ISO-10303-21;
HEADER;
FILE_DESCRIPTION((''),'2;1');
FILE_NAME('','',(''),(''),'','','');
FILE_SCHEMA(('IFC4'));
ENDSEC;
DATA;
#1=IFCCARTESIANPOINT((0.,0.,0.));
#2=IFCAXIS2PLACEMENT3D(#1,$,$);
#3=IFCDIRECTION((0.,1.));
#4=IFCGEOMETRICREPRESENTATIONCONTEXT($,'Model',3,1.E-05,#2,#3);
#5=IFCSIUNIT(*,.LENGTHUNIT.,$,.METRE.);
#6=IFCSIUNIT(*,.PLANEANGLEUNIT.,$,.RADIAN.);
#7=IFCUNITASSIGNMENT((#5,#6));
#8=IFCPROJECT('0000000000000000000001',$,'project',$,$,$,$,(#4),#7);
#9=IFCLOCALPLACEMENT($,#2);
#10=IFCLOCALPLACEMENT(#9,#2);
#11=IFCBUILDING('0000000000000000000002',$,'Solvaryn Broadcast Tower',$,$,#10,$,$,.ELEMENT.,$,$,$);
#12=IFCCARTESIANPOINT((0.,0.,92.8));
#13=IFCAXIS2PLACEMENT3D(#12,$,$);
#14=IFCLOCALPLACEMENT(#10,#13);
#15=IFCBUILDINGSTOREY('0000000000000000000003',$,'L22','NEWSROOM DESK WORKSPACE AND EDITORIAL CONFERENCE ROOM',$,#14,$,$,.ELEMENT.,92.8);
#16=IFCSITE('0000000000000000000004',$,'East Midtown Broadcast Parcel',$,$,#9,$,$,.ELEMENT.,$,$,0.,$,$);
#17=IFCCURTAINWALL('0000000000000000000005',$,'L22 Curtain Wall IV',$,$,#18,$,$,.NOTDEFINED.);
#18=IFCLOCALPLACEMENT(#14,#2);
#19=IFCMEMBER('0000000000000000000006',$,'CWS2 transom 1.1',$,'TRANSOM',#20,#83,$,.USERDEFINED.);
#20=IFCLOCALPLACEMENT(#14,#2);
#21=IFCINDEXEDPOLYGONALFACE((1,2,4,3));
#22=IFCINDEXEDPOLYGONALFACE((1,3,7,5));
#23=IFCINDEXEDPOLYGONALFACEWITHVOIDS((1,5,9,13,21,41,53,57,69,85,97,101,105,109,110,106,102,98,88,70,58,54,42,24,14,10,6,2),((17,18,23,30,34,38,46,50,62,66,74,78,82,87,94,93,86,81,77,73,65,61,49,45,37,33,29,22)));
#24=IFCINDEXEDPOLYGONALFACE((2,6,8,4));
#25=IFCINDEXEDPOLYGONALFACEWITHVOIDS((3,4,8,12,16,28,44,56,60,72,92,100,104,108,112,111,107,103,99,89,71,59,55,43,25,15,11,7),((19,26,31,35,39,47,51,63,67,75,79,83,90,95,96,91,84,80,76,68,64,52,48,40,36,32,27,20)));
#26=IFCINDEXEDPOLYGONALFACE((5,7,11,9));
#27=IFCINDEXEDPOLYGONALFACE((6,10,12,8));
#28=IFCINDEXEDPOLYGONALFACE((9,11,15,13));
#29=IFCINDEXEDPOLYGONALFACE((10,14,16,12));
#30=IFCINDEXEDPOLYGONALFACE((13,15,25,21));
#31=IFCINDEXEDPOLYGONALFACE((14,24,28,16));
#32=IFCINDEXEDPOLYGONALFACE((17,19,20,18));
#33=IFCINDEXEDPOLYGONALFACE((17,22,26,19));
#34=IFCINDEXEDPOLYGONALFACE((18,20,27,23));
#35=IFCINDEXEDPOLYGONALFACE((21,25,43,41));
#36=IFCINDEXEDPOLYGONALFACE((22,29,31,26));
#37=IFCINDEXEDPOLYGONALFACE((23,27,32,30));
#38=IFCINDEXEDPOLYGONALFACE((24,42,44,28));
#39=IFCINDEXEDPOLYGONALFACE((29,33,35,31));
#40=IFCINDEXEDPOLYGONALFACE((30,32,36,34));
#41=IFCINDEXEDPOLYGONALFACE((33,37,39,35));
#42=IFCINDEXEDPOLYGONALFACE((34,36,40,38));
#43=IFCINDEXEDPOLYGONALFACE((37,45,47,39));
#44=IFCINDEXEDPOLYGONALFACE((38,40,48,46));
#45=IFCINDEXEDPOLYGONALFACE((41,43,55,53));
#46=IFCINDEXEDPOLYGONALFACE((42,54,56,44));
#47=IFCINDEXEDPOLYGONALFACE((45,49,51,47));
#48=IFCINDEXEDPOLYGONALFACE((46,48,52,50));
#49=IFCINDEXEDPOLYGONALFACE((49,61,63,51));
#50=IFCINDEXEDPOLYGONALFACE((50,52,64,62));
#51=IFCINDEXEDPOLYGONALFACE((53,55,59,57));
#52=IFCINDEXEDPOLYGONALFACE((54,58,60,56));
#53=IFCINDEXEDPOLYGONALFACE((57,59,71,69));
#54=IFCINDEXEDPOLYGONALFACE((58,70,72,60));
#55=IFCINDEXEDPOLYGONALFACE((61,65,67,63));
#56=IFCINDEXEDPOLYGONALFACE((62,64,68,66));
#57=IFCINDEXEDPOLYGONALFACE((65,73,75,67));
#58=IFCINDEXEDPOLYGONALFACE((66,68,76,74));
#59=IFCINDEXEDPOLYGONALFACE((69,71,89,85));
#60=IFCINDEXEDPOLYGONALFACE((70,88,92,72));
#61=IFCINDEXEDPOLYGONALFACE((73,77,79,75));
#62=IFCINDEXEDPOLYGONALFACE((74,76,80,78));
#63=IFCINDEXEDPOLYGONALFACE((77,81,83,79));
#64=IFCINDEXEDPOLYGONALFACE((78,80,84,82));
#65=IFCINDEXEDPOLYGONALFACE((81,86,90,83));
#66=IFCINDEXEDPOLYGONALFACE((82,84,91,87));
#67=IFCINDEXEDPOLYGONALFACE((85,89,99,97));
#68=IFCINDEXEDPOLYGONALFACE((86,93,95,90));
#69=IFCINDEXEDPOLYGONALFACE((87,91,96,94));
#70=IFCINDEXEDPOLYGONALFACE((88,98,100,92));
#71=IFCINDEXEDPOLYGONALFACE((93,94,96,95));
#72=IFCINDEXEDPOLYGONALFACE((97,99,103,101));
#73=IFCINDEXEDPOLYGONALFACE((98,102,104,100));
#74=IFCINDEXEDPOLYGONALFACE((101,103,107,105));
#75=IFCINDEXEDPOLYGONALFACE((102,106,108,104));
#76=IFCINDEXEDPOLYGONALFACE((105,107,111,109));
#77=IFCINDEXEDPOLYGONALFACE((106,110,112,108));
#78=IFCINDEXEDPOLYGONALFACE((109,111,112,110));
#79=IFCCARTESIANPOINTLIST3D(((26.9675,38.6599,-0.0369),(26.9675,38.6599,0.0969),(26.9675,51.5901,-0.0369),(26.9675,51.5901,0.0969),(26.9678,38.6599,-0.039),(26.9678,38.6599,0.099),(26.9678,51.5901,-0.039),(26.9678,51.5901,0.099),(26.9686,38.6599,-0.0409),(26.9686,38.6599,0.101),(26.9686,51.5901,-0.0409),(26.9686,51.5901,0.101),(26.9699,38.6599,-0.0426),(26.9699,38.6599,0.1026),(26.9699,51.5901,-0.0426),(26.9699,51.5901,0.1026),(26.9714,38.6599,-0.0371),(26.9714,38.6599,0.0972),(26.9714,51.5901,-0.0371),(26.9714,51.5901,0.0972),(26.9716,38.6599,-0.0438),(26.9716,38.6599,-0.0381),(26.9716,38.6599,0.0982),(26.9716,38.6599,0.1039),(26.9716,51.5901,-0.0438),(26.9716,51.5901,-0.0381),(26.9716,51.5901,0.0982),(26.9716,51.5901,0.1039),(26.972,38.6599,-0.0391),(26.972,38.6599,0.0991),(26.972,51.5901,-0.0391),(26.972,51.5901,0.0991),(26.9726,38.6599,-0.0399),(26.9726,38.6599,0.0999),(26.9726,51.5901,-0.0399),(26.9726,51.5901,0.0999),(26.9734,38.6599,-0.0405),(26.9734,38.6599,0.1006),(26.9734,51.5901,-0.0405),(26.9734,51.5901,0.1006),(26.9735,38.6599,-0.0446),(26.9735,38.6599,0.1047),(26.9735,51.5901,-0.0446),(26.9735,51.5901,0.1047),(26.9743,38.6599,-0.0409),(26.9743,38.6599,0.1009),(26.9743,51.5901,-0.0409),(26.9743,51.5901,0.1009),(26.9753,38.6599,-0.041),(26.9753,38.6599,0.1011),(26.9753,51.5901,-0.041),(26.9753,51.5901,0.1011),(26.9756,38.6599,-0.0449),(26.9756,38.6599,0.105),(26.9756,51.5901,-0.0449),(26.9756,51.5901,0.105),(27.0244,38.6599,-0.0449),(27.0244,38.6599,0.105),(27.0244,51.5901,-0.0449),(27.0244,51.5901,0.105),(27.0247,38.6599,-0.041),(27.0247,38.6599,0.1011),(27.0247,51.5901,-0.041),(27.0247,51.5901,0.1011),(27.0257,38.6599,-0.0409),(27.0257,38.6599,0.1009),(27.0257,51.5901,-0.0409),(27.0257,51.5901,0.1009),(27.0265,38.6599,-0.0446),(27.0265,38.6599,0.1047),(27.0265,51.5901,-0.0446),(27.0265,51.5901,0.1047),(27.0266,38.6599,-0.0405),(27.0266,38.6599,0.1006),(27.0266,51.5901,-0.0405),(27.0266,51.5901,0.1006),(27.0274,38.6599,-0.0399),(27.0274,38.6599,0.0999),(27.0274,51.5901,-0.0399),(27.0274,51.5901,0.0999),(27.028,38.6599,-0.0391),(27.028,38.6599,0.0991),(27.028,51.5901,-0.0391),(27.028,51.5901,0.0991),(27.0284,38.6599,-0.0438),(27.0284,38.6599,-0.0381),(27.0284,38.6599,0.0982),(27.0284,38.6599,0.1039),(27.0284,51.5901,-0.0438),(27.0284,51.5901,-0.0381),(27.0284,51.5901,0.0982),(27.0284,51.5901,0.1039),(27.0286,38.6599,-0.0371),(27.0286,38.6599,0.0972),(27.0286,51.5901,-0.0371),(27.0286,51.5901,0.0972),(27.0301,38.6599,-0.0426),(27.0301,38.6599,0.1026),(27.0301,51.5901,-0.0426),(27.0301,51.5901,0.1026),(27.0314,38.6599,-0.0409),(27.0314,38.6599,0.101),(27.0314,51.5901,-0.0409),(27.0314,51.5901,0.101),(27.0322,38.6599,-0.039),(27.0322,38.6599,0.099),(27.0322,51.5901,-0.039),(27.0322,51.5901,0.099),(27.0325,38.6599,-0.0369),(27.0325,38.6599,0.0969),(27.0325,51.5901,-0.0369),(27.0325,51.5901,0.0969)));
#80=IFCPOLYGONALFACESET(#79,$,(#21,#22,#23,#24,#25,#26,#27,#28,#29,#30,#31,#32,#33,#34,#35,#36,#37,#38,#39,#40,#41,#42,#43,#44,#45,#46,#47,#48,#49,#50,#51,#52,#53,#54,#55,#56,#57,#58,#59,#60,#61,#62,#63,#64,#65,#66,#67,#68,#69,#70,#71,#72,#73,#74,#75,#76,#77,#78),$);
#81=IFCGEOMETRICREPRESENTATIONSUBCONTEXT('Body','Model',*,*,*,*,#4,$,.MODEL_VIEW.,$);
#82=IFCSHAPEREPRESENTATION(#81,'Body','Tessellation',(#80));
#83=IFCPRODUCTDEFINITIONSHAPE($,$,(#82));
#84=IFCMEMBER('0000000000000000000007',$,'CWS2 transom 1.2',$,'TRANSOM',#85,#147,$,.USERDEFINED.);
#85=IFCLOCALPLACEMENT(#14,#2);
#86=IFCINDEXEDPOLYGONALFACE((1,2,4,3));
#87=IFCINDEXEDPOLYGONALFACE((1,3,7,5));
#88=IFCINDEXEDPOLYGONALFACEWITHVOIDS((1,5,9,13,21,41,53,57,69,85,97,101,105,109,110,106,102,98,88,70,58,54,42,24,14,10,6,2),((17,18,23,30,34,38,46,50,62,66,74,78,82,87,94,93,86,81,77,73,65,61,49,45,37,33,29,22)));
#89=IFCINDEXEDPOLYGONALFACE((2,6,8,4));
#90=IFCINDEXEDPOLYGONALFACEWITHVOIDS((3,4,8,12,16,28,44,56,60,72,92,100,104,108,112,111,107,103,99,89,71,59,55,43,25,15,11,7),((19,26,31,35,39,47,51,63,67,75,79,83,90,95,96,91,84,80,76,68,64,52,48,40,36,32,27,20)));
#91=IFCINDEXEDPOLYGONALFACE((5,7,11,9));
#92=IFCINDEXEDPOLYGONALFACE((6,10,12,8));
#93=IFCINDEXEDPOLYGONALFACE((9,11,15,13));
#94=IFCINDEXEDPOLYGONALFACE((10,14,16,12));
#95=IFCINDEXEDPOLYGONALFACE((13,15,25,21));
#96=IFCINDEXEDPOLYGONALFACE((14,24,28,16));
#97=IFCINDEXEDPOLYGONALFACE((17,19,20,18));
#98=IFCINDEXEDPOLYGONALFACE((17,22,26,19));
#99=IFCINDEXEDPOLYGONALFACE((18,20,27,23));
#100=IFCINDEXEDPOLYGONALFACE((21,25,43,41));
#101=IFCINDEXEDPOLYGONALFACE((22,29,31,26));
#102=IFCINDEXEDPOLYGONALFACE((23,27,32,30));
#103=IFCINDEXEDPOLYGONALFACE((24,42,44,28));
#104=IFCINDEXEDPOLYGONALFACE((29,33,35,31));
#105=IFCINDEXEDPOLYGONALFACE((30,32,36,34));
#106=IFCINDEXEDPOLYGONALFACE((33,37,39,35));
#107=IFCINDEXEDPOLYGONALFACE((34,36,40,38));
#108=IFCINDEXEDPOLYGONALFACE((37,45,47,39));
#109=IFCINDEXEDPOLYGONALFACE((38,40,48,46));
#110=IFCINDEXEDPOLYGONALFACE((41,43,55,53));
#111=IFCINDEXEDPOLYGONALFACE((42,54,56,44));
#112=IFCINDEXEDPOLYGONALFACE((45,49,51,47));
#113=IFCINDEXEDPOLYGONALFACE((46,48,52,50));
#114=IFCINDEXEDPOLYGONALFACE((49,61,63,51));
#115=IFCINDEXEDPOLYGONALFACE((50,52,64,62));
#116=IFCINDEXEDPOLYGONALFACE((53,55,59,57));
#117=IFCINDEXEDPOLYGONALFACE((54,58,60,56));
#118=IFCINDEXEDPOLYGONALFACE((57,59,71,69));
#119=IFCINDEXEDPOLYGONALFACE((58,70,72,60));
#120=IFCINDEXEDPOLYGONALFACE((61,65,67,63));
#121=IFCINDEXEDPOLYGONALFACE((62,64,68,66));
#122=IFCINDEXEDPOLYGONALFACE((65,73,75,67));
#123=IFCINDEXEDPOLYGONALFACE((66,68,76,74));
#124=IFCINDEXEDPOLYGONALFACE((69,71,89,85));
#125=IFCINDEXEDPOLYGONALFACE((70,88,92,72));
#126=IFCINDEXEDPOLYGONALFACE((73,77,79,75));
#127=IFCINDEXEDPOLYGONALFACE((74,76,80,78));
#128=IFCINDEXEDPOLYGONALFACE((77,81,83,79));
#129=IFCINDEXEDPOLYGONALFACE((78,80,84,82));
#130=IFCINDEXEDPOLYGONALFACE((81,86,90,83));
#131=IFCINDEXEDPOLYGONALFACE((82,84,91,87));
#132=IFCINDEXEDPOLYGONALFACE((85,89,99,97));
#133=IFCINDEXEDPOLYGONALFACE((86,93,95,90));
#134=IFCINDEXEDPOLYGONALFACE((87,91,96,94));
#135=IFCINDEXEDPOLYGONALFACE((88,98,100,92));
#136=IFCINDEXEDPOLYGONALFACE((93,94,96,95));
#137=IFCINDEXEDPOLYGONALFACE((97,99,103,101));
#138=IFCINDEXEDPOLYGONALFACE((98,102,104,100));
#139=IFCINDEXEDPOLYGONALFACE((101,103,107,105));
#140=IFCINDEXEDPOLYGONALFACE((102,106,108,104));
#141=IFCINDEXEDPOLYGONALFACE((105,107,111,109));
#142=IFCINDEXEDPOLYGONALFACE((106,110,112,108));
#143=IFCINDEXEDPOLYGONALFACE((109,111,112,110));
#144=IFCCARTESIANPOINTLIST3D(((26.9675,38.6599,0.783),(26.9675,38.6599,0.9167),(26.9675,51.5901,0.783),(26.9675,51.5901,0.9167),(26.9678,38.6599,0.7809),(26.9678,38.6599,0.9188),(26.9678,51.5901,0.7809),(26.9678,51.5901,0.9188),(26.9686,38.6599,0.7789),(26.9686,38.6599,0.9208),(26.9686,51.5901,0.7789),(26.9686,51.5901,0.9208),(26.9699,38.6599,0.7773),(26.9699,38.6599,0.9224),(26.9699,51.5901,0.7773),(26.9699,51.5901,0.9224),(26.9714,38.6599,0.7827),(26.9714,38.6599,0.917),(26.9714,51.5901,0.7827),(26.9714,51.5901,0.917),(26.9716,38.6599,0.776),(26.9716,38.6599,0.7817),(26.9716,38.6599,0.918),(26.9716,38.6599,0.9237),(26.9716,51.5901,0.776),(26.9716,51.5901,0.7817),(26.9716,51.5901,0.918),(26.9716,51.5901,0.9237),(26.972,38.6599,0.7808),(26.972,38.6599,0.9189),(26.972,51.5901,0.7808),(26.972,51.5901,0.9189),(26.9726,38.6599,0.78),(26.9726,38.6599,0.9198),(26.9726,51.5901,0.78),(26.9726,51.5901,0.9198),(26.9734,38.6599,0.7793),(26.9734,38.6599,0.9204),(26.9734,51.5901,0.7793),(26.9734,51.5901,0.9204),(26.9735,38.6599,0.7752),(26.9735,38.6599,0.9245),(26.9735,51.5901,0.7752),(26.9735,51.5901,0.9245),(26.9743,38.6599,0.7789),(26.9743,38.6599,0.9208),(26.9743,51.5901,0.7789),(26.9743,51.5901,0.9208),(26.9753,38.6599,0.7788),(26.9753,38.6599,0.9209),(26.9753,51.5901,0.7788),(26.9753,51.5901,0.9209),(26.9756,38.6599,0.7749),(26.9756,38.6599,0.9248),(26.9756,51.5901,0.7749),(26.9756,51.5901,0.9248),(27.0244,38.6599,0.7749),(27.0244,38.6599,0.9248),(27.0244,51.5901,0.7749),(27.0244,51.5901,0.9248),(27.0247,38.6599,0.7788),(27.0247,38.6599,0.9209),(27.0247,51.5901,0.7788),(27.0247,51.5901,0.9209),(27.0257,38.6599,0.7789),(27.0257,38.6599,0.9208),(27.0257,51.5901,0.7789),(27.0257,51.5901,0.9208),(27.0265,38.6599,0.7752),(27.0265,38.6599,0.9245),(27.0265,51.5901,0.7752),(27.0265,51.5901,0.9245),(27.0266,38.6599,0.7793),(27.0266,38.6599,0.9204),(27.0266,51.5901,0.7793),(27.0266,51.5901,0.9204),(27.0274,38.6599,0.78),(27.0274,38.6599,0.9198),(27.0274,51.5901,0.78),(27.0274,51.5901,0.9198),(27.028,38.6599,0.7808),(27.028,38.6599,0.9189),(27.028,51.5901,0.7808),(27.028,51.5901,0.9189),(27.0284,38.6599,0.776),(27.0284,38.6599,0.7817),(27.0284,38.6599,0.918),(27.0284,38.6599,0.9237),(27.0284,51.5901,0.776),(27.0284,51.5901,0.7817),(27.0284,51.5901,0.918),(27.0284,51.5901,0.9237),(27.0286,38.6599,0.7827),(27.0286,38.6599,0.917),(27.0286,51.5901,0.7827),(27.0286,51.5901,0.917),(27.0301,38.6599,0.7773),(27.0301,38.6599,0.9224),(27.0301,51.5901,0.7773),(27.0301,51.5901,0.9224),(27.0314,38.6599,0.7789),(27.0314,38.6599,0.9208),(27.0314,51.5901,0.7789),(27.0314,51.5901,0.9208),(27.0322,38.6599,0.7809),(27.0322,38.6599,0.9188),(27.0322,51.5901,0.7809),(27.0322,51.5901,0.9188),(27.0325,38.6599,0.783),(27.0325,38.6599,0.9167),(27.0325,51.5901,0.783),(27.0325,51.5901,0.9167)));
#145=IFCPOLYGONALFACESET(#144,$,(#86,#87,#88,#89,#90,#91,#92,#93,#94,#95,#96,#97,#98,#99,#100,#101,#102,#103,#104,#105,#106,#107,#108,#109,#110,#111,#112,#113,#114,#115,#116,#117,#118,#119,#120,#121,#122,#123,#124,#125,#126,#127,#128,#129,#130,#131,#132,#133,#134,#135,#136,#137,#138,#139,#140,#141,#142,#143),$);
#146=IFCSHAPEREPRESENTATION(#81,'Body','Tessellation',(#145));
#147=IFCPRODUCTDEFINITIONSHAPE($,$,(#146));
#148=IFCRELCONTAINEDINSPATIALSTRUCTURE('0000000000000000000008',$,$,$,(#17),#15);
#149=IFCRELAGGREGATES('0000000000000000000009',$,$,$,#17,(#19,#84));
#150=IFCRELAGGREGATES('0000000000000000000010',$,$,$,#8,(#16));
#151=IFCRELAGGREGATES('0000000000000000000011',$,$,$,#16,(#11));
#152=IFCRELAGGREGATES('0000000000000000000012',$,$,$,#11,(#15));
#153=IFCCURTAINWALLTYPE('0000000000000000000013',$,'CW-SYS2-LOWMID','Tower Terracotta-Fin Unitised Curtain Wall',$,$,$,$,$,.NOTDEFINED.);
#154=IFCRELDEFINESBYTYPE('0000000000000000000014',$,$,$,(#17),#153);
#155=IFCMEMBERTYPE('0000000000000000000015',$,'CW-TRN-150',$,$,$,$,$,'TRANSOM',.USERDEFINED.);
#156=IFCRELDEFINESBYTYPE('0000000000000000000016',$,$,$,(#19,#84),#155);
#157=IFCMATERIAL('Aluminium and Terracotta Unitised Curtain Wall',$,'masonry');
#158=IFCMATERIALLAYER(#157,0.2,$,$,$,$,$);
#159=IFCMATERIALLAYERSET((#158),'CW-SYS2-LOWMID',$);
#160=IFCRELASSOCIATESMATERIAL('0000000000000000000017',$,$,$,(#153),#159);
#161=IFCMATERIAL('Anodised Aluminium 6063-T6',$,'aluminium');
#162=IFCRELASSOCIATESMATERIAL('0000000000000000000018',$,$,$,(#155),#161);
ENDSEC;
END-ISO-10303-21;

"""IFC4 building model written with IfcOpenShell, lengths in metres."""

from ifc_helpers import new_model, si_unit, direction, frame, origin, origin_2d, place, context, subcontext, project, spatial, hollow_rectangle, extrude, material, layer, layer_set, material_profile, profile_set, type_object, element, aggregate, save


model = new_model("IFC4")

# Units and contexts
model_context = context("Model", 3, precision=1e-05, world=origin(), true_north=direction((0.0, 1.0)))
body_context = subcontext(model_context, "Body", "Model", "MODEL_VIEW")
ifc_project = project(units=[si_unit("LENGTHUNIT", "METRE"), si_unit("PLANEANGLEUNIT", "RADIAN")], contexts=[model_context])

# Site, building, storey
site_placement = place(None, origin())
site = spatial("IfcSite", under=ifc_project, at=site_placement, Name="East Midtown Broadcast Parcel", CompositionType="ELEMENT", RefElevation=0.0)
building_placement = place(site_placement, origin())
building = spatial("IfcBuilding", under=site, at=building_placement, Name="Solvaryn Broadcast Tower", CompositionType="ELEMENT")
storey_placement = place(building_placement, frame((0.0, 0.0, 92.8)))
storey = spatial("IfcBuildingStorey", under=building, at=storey_placement, Name="L22", Description="NEWSROOM DESK WORKSPACE AND EDITORIAL CONFERENCE ROOM", CompositionType="ELEMENT", Elevation=92.8)

# Curtain wall
ifc_material_1 = material(Name="Aluminium and Terracotta Unitised Curtain Wall", Category="masonry")
ifc_layer_1 = layer(ifc_material_1, 0.2)
ifc_layer_set_1 = layer_set([ifc_layer_1], Name="CW-SYS2-LOWMID")
curtain_wall_type = type_object("IfcCurtainWallType", Name="CW-SYS2-LOWMID", Description="Tower Terracotta-Fin Unitised Curtain Wall", PredefinedType="NOTDEFINED", material=ifc_layer_set_1)
curtain_wall_1_placement = place(storey_placement, origin())
curtain_wall_1 = element("IfcCurtainWall", 1, at=curtain_wall_1_placement, inside=storey, type_object=curtain_wall_type, Name="L22 Curtain Wall IV", PredefinedType="NOTDEFINED")

# Members
ifc_material_2 = material(Name="Anodised Aluminium 6063-T6", Category="aluminium")
ifc_material_profile_1 = material_profile(ifc_material_2, hollow_rectangle(XDim=0.0649, YDim=0.1499, WallThickness=0.0039, InnerFilletRadius=0.0039, OuterFilletRadius=0.0081, at=origin_2d()))
ifc_profile_set_1 = profile_set([ifc_material_profile_1], Name="Anodised Aluminium 6063-T6")
member_type_1 = type_object("IfcMemberType", Name="CW-TRN-150", ElementType="TRANSOM", PredefinedType="USERDEFINED", material=ifc_profile_set_1)
member_1_placement = place(storey_placement, frame((27.0, 51.5901, 0.03), z_axis=(0.0, -1.0, 0.0), x_axis=(1.0, 0.0, 0.0)))
member_1 = element("IfcMember", 2, at=member_1_placement, type_object=member_type_1, Name="CWS2 transom 1.1", ObjectType="TRANSOM", PredefinedType="USERDEFINED", context=body_context, shape_type="SweptSolid", body=[
    extrude(hollow_rectangle(XDim=0.0649, YDim=0.1499, WallThickness=0.0039, InnerFilletRadius=0.0039, OuterFilletRadius=0.0081, at=origin_2d()), origin(), (0.0, 0.0, 1.0), 12.9302),
])
member_2_placement = place(storey_placement, frame((27.0, 51.5901, 0.8499), z_axis=(0.0, -1.0, 0.0), x_axis=(1.0, 0.0, 0.0)))
member_2 = element("IfcMember", 3, at=member_2_placement, type_object=member_type_1, Name="CWS2 transom 1.2", ObjectType="TRANSOM", PredefinedType="USERDEFINED", context=body_context, shape_type="SweptSolid", body=[
    extrude(hollow_rectangle(XDim=0.0649, YDim=0.1499, WallThickness=0.0039, InnerFilletRadius=0.0039, OuterFilletRadius=0.0081, at=origin_2d()), origin(), (0.0, 0.0, 1.0), 12.9302),
])

aggregate(curtain_wall_1, [member_1, member_2])

save(model, "model.ifc")
